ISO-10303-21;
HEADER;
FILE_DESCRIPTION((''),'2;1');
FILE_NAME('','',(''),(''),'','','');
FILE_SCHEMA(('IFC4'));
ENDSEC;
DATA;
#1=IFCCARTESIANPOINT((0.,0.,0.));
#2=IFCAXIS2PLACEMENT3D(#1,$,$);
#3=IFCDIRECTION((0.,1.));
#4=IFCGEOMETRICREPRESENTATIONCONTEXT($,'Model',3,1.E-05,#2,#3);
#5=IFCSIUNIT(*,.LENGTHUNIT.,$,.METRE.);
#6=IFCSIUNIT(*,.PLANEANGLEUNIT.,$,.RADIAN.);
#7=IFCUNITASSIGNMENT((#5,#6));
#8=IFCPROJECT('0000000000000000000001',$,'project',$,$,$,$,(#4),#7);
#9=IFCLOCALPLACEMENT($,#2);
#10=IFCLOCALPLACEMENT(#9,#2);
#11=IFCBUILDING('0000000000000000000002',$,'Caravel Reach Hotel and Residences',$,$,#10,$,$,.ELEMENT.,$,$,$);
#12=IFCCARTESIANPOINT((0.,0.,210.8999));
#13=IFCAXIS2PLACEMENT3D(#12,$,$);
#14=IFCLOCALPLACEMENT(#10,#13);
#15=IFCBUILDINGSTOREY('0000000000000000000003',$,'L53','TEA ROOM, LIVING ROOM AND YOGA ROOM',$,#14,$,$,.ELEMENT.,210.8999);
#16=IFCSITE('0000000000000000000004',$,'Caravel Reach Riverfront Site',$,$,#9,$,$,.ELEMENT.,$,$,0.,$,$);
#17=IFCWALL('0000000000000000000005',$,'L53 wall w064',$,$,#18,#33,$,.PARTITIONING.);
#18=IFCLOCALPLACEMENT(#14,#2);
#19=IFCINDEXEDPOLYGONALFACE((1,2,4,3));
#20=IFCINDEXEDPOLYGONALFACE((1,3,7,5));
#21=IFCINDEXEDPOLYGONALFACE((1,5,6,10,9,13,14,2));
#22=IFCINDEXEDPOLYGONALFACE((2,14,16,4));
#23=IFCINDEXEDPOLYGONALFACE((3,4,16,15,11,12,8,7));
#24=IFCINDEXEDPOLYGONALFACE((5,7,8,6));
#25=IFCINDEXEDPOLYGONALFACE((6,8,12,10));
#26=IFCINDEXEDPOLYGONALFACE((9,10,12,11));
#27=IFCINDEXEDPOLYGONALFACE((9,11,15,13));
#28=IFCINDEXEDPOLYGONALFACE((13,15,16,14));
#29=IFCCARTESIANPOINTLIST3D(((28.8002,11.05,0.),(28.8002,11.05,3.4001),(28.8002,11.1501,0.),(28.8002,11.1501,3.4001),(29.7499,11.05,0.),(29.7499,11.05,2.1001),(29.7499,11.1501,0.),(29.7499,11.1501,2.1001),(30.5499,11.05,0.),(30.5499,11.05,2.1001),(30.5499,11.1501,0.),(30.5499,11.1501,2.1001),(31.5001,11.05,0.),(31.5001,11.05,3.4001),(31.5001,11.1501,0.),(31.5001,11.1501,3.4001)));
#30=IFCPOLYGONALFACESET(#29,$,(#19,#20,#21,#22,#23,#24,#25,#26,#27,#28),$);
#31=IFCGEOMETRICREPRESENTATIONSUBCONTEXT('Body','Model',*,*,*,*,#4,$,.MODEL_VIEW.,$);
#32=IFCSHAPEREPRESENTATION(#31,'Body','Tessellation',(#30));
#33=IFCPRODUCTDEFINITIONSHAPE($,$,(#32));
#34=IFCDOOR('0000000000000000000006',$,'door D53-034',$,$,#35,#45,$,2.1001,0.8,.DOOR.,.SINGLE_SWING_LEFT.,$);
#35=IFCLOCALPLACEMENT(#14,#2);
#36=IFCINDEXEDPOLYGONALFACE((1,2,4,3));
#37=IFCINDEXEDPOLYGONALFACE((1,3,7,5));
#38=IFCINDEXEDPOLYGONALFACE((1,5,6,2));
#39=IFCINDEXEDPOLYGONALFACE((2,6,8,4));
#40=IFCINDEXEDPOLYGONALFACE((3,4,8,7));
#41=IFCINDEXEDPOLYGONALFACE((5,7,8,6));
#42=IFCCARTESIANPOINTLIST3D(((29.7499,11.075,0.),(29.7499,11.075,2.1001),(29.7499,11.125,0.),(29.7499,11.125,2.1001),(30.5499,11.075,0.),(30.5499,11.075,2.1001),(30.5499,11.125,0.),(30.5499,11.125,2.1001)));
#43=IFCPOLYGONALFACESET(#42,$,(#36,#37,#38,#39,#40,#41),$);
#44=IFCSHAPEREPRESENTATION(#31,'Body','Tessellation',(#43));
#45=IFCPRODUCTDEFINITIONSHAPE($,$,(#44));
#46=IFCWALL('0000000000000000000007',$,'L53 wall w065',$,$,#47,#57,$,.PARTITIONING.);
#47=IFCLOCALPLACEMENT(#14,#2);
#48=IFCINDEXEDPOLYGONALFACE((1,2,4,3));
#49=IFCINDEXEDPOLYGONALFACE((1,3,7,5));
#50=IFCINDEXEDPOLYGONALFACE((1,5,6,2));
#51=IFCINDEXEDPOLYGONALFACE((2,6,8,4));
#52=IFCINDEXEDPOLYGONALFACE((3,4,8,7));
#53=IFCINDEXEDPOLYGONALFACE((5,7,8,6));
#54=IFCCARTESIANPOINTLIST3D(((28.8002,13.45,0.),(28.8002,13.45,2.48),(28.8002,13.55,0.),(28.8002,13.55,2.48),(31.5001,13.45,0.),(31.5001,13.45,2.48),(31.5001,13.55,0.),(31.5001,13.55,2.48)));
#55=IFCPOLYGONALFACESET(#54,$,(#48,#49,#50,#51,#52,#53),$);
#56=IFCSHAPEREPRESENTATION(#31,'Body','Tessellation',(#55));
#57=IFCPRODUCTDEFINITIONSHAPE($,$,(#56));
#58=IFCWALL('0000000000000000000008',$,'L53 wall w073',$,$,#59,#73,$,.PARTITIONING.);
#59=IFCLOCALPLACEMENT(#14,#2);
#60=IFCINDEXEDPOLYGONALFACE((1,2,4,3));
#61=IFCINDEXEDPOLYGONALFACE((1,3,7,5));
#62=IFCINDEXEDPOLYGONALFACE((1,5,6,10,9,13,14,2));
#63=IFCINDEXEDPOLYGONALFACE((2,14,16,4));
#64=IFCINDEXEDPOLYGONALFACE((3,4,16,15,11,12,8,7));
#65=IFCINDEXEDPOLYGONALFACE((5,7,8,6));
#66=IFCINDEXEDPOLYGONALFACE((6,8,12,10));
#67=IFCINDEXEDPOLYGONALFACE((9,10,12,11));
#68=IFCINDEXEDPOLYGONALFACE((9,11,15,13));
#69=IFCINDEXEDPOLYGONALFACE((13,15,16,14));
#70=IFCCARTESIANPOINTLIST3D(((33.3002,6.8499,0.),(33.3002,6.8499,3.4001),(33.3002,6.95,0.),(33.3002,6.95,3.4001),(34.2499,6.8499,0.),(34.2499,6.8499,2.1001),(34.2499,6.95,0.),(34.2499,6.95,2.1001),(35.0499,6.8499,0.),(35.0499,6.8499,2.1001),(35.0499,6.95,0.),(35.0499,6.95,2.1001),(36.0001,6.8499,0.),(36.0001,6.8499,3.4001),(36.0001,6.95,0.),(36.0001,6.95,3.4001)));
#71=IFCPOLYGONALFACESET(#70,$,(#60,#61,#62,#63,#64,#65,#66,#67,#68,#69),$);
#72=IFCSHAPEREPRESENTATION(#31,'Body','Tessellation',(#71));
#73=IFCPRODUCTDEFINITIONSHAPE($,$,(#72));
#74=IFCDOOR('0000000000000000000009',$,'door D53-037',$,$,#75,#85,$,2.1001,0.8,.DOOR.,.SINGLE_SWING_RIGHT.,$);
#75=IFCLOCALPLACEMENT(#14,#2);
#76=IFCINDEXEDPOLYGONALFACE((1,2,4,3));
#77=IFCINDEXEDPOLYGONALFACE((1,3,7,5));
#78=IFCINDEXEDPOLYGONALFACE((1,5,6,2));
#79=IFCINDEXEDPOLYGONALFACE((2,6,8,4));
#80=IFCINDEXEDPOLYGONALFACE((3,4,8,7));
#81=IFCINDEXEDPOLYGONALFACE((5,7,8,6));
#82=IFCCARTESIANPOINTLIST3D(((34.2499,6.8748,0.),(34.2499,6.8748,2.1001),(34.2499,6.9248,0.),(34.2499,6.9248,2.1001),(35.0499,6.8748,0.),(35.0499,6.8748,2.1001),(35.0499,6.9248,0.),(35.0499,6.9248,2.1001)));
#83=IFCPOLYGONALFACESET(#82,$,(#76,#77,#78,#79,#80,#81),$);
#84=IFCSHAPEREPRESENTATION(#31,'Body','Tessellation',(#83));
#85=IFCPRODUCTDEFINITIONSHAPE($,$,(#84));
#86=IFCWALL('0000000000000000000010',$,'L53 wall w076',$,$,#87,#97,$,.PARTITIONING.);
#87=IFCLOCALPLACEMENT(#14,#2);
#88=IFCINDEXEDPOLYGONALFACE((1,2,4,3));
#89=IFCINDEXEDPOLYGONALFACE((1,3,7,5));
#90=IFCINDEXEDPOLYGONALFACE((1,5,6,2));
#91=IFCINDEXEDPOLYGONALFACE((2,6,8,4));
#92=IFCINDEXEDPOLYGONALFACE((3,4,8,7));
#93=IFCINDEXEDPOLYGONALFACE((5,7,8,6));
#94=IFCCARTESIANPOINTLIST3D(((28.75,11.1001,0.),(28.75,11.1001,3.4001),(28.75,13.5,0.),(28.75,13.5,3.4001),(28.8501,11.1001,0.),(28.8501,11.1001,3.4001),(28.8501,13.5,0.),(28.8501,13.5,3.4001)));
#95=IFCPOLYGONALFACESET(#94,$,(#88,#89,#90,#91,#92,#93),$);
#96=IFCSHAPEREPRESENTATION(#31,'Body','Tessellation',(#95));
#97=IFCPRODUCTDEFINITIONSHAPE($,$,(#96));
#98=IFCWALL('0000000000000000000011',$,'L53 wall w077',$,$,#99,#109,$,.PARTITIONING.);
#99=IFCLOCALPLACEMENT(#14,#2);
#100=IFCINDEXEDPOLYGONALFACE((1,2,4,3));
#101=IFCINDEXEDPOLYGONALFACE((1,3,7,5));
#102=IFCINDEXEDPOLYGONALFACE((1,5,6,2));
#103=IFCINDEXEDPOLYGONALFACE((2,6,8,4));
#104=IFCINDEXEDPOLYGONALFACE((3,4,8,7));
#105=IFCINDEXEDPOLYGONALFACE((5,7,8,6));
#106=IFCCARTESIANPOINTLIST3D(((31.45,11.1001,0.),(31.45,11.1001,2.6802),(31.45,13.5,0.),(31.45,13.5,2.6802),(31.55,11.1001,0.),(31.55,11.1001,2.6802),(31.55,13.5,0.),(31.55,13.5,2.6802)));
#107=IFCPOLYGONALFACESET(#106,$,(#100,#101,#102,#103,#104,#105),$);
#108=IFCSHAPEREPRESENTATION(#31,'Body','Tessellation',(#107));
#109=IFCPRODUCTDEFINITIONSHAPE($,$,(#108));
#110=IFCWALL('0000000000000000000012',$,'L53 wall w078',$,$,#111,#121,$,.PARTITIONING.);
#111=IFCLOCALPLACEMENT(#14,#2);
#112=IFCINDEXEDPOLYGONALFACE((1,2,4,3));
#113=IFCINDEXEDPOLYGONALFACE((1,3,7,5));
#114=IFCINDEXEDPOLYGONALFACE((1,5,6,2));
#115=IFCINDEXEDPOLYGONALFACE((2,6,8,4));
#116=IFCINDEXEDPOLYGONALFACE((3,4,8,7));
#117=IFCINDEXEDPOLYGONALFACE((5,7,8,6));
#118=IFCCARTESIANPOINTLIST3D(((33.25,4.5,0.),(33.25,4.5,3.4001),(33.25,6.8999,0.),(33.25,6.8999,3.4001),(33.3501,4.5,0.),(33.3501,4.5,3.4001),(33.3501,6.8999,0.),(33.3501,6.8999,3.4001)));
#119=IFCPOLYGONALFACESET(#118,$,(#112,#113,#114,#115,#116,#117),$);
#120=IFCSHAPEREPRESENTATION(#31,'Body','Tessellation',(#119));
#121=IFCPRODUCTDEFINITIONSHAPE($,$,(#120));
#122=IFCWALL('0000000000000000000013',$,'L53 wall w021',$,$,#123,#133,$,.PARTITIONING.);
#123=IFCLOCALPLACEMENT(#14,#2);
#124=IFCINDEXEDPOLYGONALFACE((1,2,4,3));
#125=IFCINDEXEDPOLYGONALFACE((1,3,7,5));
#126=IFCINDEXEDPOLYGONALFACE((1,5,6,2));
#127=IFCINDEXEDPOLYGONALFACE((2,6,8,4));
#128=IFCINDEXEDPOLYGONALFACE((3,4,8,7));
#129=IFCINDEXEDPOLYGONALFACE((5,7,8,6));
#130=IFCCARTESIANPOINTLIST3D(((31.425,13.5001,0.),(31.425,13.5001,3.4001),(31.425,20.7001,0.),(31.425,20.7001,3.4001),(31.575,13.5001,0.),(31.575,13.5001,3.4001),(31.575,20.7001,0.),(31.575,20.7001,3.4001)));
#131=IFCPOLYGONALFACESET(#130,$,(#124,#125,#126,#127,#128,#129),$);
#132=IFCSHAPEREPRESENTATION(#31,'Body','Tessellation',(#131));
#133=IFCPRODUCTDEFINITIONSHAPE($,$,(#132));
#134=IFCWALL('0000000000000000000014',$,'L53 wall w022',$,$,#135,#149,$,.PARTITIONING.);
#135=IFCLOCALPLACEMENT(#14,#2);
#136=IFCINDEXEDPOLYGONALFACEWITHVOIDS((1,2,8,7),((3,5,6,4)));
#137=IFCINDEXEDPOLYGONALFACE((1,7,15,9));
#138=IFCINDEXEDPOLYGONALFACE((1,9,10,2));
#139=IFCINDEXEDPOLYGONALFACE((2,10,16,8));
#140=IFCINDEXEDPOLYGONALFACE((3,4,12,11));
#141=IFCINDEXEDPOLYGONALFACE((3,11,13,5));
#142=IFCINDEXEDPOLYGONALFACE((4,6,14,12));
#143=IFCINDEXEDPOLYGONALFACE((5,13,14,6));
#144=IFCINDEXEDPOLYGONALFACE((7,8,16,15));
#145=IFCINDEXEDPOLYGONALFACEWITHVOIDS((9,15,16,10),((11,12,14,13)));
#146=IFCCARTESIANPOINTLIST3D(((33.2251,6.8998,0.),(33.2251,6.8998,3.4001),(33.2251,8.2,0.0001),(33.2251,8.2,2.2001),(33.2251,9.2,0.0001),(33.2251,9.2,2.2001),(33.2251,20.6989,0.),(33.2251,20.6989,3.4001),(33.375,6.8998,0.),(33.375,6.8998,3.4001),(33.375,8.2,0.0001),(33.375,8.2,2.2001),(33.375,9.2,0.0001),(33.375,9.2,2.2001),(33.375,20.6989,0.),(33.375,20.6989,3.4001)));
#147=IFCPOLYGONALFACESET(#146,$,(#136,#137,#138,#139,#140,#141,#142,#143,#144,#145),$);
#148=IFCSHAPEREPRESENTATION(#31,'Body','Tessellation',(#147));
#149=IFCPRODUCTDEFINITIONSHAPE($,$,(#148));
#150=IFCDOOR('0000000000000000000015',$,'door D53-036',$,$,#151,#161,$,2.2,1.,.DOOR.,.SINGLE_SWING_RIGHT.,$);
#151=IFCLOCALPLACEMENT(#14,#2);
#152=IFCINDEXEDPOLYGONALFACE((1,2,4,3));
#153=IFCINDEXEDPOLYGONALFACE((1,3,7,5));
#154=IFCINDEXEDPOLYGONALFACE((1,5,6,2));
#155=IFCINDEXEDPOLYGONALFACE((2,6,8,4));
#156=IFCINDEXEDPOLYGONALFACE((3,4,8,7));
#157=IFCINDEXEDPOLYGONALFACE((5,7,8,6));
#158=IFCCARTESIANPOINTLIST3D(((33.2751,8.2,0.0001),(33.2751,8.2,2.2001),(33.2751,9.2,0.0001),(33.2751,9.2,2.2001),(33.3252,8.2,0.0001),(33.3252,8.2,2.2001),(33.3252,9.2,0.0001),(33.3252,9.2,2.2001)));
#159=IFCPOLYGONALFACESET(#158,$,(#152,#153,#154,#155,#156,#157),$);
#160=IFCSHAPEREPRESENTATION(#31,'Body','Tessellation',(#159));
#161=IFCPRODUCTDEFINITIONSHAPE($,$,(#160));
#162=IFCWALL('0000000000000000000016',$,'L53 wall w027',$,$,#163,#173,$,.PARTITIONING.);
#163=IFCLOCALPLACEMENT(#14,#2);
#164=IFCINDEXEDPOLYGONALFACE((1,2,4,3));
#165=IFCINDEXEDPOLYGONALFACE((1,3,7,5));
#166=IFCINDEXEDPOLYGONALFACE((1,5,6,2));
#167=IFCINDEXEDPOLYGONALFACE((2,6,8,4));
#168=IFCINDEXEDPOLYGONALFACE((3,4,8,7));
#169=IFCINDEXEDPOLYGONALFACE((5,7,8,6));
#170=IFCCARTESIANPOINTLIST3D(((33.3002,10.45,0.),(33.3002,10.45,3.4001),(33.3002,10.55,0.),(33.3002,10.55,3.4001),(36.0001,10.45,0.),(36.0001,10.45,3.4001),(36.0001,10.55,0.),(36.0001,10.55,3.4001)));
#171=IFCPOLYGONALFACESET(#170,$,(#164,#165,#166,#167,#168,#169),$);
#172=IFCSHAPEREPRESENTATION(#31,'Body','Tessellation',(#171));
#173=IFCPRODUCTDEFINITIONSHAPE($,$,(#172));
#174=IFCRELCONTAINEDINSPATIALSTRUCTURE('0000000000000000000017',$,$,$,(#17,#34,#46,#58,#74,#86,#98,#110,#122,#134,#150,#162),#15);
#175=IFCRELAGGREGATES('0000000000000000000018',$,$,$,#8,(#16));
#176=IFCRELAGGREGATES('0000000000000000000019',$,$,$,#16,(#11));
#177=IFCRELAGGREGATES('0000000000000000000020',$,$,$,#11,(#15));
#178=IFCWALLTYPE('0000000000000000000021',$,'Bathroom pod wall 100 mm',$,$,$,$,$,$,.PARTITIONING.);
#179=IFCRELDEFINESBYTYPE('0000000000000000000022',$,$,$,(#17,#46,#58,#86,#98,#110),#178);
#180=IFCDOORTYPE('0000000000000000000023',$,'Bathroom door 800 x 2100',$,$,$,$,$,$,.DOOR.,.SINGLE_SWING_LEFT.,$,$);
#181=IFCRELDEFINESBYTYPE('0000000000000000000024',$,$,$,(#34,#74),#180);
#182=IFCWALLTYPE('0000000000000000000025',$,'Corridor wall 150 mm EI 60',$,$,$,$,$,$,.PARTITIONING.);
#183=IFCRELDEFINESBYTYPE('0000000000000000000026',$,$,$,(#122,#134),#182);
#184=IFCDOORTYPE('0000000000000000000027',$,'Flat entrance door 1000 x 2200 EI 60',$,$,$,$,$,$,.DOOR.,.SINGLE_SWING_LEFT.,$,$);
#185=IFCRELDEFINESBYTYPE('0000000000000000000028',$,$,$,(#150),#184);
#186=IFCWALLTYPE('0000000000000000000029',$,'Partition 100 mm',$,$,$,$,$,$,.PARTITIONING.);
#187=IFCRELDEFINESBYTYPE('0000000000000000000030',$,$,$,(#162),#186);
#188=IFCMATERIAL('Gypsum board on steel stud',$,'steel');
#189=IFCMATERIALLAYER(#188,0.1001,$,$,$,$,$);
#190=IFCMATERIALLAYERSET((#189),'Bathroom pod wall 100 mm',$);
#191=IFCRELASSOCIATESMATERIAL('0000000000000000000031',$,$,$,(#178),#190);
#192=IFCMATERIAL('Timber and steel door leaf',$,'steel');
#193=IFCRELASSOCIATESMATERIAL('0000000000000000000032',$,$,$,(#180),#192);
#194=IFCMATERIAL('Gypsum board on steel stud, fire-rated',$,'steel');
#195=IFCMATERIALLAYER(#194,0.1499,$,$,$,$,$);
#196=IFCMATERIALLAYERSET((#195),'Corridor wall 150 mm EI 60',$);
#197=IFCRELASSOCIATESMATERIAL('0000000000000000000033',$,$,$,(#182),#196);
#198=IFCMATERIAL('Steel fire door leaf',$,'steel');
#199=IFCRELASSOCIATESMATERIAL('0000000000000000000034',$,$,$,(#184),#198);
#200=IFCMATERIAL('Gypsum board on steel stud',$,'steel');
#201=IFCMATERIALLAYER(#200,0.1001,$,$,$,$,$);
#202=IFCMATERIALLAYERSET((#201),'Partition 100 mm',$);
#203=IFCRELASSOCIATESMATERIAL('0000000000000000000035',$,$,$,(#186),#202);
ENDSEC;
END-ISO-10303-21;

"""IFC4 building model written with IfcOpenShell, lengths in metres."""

from ifc_helpers import new_model, si_unit, direction, frame, frame_2d, origin, place, context, subcontext, project, spatial, rectangle, extrude, material, layer, layer_set, type_object, element, fill, save


model = new_model("IFC4")

# Units and contexts
model_context = context("Model", 3, precision=1e-05, world=origin(), true_north=direction((0.0, 1.0)))
body_context = subcontext(model_context, "Body", "Model", "MODEL_VIEW")
ifc_project = project(units=[si_unit("LENGTHUNIT", "METRE"), si_unit("PLANEANGLEUNIT", "RADIAN")], contexts=[model_context])

# Site, building, storey
site_placement = place(None, origin())
site = spatial("IfcSite", under=ifc_project, at=site_placement, Name="Caravel Reach Riverfront Site", CompositionType="ELEMENT", RefElevation=0.0)
building_placement = place(site_placement, origin())
building = spatial("IfcBuilding", under=site, at=building_placement, Name="Caravel Reach Hotel and Residences", CompositionType="ELEMENT")
storey_placement = place(building_placement, frame((0.0, 0.0, 210.8999)))
storey = spatial("IfcBuildingStorey", under=building, at=storey_placement, Name="L53", Description="TEA ROOM, LIVING ROOM AND YOGA ROOM", CompositionType="ELEMENT", Elevation=210.8999)

# Wall, opening, door
ifc_material_1 = material(Name="Gypsum board on steel stud", Category="steel")
ifc_layer_1 = layer(ifc_material_1, 0.1001)
ifc_layer_set_1 = layer_set([ifc_layer_1], Name="Bathroom pod wall 100 mm")
wall_type_1 = type_object("IfcWallType", Name="Bathroom pod wall 100 mm", PredefinedType="PARTITIONING", material=ifc_layer_set_1)
wall_1_placement = place(storey_placement, frame((28.8, 11.1001, 0.0), z_axis=(0.0, 0.0, 1.0), x_axis=(1.0, 0.0, 0.0)))
wall_1 = element("IfcWall", 1, at=wall_1_placement, inside=storey, type_object=wall_type_1, Name="L53 wall w064", PredefinedType="PARTITIONING", context=body_context, shape_type="SweptSolid", body=[
    extrude(rectangle(XDim=2.7, YDim=0.1001, at=frame_2d((1.3501, 0.0))), origin(), (0.0, 0.0, 1.0), 3.4001),
])
opening_1_placement = place(wall_1_placement, frame((0.95, 0.0, 0.0)))
opening_1 = element("IfcOpeningElement", 2, at=opening_1_placement, cuts=wall_1, PredefinedType="OPENING", context=body_context, shape_type="SweptSolid", body=[
    extrude(rectangle(XDim=0.8, YDim=2.1001, at=frame_2d((0.3999, 1.05))), frame((0.0, 0.0601, 0.0), z_axis=(0.0, -1.0, 0.0), x_axis=(1.0, 0.0, 0.0)), (0.0, 0.0, 1.0), 0.1201),
])
ifc_material_2 = material(Name="Timber and steel door leaf", Category="steel")
door_type_1 = type_object("IfcDoorType", Name="Bathroom door 800 x 2100", OperationType="SINGLE_SWING_LEFT", PredefinedType="DOOR", material=ifc_material_2)
door_1_placement = place(opening_1_placement, origin())
door_1 = element("IfcDoor", 3, at=door_1_placement, inside=storey, type_object=door_type_1, Name="door D53-034", OperationType="SINGLE_SWING_LEFT", OverallHeight=2.1001, OverallWidth=0.8, PredefinedType="DOOR", context=body_context, shape_type="SweptSolid", body=[
    extrude(rectangle(XDim=0.8, YDim=2.1001, at=frame_2d((0.3999, 1.05))), frame((0.0, 0.0249, 0.0), z_axis=(0.0, -1.0, 0.0), x_axis=(1.0, 0.0, 0.0)), (0.0, 0.0, 1.0), 0.05),
])
fill(opening_1, door_1)

# Wall
wall_2_placement = place(storey_placement, frame((28.8, 13.5, 0.0), z_axis=(0.0, 0.0, 1.0), x_axis=(1.0, 0.0, 0.0)))
element("IfcWall", 4, at=wall_2_placement, inside=storey, type_object=wall_type_1, Name="L53 wall w065", PredefinedType="PARTITIONING", context=body_context, shape_type="SweptSolid", body=[
    extrude(rectangle(XDim=2.7, YDim=0.1001, at=frame_2d((1.3501, 0.0))), origin(), (0.0, 0.0, 1.0), 2.48),
])

# Wall, opening, door
wall_3_placement = place(storey_placement, frame((33.3, 6.8999, 0.0), z_axis=(0.0, 0.0, 1.0), x_axis=(1.0, 0.0, 0.0)))
wall_3 = element("IfcWall", 5, at=wall_3_placement, inside=storey, type_object=wall_type_1, Name="L53 wall w073", PredefinedType="PARTITIONING", context=body_context, shape_type="SweptSolid", body=[
    extrude(rectangle(XDim=2.7, YDim=0.1001, at=frame_2d((1.3501, 0.0))), origin(), (0.0, 0.0, 1.0), 3.4001),
])
opening_2_placement = place(wall_3_placement, frame((0.95, 0.0, 0.0)))
opening_2 = element("IfcOpeningElement", 6, at=opening_2_placement, cuts=wall_3, PredefinedType="OPENING", context=body_context, shape_type="SweptSolid", body=[
    extrude(rectangle(XDim=0.8, YDim=2.1001, at=frame_2d((0.3999, 1.05))), frame((0.0, 0.0601, 0.0), z_axis=(0.0, -1.0, 0.0), x_axis=(1.0, 0.0, 0.0)), (0.0, 0.0, 1.0), 0.1201),
])
door_2_placement = place(opening_2_placement, origin())
door_2 = element("IfcDoor", 7, at=door_2_placement, inside=storey, type_object=door_type_1, Name="door D53-037", OperationType="SINGLE_SWING_RIGHT", OverallHeight=2.1001, OverallWidth=0.8, PredefinedType="DOOR", context=body_context, shape_type="SweptSolid", body=[
    extrude(rectangle(XDim=0.8, YDim=2.1001, at=frame_2d((0.3999, 1.05))), frame((0.0, 0.0249, 0.0), z_axis=(0.0, -1.0, 0.0), x_axis=(1.0, 0.0, 0.0)), (0.0, 0.0, 1.0), 0.05),
])
fill(opening_2, door_2)

# Walls
wall_4_placement = place(storey_placement, frame((28.8, 11.1001, 0.0), z_axis=(0.0, 0.0, 1.0), x_axis=(0.0, 1.0, 0.0)))
element("IfcWall", 8, at=wall_4_placement, inside=storey, type_object=wall_type_1, Name="L53 wall w076", PredefinedType="PARTITIONING", context=body_context, shape_type="SweptSolid", body=[
    extrude(rectangle(XDim=2.3999, YDim=0.1001, at=frame_2d((1.2, 0.0))), origin(), (0.0, 0.0, 1.0), 3.4001),
])
wall_5_placement = place(storey_placement, frame((31.5, 11.1001, 0.0), z_axis=(0.0, 0.0, 1.0), x_axis=(0.0, 1.0, 0.0)))
element("IfcWall", 9, at=wall_5_placement, inside=storey, type_object=wall_type_1, Name="L53 wall w077", PredefinedType="PARTITIONING", context=body_context, shape_type="SweptSolid", body=[
    extrude(rectangle(XDim=2.3999, YDim=0.1001, at=frame_2d((1.2, 0.0))), origin(), (0.0, 0.0, 1.0), 2.6802),
])
wall_6_placement = place(storey_placement, frame((33.3, 4.5, 0.0), z_axis=(0.0, 0.0, 1.0), x_axis=(0.0, 1.0, 0.0)))
element("IfcWall", 10, at=wall_6_placement, inside=storey, type_object=wall_type_1, Name="L53 wall w078", PredefinedType="PARTITIONING", context=body_context, shape_type="SweptSolid", body=[
    extrude(rectangle(XDim=2.3999, YDim=0.1001, at=frame_2d((1.2, 0.0))), origin(), (0.0, 0.0, 1.0), 3.4001),
])
ifc_material_3 = material(Name="Gypsum board on steel stud, fire-rated", Category="steel")
ifc_layer_2 = layer(ifc_material_3, 0.1499)
ifc_layer_set_2 = layer_set([ifc_layer_2], Name="Corridor wall 150 mm EI 60")
wall_type_2 = type_object("IfcWallType", Name="Corridor wall 150 mm EI 60", PredefinedType="PARTITIONING", material=ifc_layer_set_2)
wall_7_placement = place(storey_placement, frame((31.5, 13.5, 0.0), z_axis=(0.0, 0.0, 1.0), x_axis=(0.0, 1.0, 0.0)))
element("IfcWall", 11, at=wall_7_placement, inside=storey, type_object=wall_type_2, Name="L53 wall w021", PredefinedType="PARTITIONING", context=body_context, shape_type="SweptSolid", body=[
    extrude(rectangle(XDim=7.2, YDim=0.1499, at=frame_2d((3.6001, 0.0))), origin(), (0.0, 0.0, 1.0), 3.4001),
])

# Wall, opening, door
wall_8_placement = place(storey_placement, frame((33.3, 6.8999, 0.0), z_axis=(0.0, 0.0, 1.0), x_axis=(0.0, 1.0, 0.0)))
wall_8 = element("IfcWall", 12, at=wall_8_placement, inside=storey, type_object=wall_type_2, Name="L53 wall w022", PredefinedType="PARTITIONING", context=body_context, shape_type="SweptSolid", body=[
    extrude(rectangle(XDim=13.7991, YDim=0.1499, at=frame_2d((6.8994, 0.0))), origin(), (0.0, 0.0, 1.0), 3.4001),
])
opening_3_placement = place(wall_8_placement, frame((1.3, 0.0, 0.0)))
opening_3 = element("IfcOpeningElement", 13, at=opening_3_placement, cuts=wall_8, PredefinedType="OPENING", context=body_context, shape_type="SweptSolid", body=[
    extrude(rectangle(XDim=1.0, YDim=2.2, at=frame_2d((0.5, 1.1001))), frame((0.0, 0.085, 0.0), z_axis=(0.0, -1.0, 0.0), x_axis=(1.0, 0.0, 0.0)), (0.0, 0.0, 1.0), 0.1699),
])
ifc_material_4 = material(Name="Steel fire door leaf", Category="steel")
door_type_2 = type_object("IfcDoorType", Name="Flat entrance door 1000 x 2200 EI 60", OperationType="SINGLE_SWING_LEFT", PredefinedType="DOOR", material=ifc_material_4)
door_3_placement = place(opening_3_placement, origin())
door_3 = element("IfcDoor", 14, at=door_3_placement, inside=storey, type_object=door_type_2, Name="door D53-036", OperationType="SINGLE_SWING_RIGHT", OverallHeight=2.2, OverallWidth=1.0, PredefinedType="DOOR", context=body_context, shape_type="SweptSolid", body=[
    extrude(rectangle(XDim=1.0, YDim=2.2, at=frame_2d((0.5, 1.1001))), frame((0.0, 0.0249, 0.0), z_axis=(0.0, -1.0, 0.0), x_axis=(1.0, 0.0, 0.0)), (0.0, 0.0, 1.0), 0.05),
])
fill(opening_3, door_3)

# Wall
ifc_material_5 = material(Name="Gypsum board on steel stud", Category="steel")
ifc_layer_3 = layer(ifc_material_5, 0.1001)
ifc_layer_set_3 = layer_set([ifc_layer_3], Name="Partition 100 mm")
wall_type_3 = type_object("IfcWallType", Name="Partition 100 mm", PredefinedType="PARTITIONING", material=ifc_layer_set_3)
wall_9_placement = place(storey_placement, frame((33.3, 10.5, 0.0), z_axis=(0.0, 0.0, 1.0), x_axis=(1.0, 0.0, 0.0)))
element("IfcWall", 15, at=wall_9_placement, inside=storey, type_object=wall_type_3, Name="L53 wall w027", PredefinedType="PARTITIONING", context=body_context, shape_type="SweptSolid", body=[
    extrude(rectangle(XDim=2.7, YDim=0.1001, at=frame_2d((1.3501, 0.0))), origin(), (0.0, 0.0, 1.0), 3.4001),
])

save(model, "model.ifc")
